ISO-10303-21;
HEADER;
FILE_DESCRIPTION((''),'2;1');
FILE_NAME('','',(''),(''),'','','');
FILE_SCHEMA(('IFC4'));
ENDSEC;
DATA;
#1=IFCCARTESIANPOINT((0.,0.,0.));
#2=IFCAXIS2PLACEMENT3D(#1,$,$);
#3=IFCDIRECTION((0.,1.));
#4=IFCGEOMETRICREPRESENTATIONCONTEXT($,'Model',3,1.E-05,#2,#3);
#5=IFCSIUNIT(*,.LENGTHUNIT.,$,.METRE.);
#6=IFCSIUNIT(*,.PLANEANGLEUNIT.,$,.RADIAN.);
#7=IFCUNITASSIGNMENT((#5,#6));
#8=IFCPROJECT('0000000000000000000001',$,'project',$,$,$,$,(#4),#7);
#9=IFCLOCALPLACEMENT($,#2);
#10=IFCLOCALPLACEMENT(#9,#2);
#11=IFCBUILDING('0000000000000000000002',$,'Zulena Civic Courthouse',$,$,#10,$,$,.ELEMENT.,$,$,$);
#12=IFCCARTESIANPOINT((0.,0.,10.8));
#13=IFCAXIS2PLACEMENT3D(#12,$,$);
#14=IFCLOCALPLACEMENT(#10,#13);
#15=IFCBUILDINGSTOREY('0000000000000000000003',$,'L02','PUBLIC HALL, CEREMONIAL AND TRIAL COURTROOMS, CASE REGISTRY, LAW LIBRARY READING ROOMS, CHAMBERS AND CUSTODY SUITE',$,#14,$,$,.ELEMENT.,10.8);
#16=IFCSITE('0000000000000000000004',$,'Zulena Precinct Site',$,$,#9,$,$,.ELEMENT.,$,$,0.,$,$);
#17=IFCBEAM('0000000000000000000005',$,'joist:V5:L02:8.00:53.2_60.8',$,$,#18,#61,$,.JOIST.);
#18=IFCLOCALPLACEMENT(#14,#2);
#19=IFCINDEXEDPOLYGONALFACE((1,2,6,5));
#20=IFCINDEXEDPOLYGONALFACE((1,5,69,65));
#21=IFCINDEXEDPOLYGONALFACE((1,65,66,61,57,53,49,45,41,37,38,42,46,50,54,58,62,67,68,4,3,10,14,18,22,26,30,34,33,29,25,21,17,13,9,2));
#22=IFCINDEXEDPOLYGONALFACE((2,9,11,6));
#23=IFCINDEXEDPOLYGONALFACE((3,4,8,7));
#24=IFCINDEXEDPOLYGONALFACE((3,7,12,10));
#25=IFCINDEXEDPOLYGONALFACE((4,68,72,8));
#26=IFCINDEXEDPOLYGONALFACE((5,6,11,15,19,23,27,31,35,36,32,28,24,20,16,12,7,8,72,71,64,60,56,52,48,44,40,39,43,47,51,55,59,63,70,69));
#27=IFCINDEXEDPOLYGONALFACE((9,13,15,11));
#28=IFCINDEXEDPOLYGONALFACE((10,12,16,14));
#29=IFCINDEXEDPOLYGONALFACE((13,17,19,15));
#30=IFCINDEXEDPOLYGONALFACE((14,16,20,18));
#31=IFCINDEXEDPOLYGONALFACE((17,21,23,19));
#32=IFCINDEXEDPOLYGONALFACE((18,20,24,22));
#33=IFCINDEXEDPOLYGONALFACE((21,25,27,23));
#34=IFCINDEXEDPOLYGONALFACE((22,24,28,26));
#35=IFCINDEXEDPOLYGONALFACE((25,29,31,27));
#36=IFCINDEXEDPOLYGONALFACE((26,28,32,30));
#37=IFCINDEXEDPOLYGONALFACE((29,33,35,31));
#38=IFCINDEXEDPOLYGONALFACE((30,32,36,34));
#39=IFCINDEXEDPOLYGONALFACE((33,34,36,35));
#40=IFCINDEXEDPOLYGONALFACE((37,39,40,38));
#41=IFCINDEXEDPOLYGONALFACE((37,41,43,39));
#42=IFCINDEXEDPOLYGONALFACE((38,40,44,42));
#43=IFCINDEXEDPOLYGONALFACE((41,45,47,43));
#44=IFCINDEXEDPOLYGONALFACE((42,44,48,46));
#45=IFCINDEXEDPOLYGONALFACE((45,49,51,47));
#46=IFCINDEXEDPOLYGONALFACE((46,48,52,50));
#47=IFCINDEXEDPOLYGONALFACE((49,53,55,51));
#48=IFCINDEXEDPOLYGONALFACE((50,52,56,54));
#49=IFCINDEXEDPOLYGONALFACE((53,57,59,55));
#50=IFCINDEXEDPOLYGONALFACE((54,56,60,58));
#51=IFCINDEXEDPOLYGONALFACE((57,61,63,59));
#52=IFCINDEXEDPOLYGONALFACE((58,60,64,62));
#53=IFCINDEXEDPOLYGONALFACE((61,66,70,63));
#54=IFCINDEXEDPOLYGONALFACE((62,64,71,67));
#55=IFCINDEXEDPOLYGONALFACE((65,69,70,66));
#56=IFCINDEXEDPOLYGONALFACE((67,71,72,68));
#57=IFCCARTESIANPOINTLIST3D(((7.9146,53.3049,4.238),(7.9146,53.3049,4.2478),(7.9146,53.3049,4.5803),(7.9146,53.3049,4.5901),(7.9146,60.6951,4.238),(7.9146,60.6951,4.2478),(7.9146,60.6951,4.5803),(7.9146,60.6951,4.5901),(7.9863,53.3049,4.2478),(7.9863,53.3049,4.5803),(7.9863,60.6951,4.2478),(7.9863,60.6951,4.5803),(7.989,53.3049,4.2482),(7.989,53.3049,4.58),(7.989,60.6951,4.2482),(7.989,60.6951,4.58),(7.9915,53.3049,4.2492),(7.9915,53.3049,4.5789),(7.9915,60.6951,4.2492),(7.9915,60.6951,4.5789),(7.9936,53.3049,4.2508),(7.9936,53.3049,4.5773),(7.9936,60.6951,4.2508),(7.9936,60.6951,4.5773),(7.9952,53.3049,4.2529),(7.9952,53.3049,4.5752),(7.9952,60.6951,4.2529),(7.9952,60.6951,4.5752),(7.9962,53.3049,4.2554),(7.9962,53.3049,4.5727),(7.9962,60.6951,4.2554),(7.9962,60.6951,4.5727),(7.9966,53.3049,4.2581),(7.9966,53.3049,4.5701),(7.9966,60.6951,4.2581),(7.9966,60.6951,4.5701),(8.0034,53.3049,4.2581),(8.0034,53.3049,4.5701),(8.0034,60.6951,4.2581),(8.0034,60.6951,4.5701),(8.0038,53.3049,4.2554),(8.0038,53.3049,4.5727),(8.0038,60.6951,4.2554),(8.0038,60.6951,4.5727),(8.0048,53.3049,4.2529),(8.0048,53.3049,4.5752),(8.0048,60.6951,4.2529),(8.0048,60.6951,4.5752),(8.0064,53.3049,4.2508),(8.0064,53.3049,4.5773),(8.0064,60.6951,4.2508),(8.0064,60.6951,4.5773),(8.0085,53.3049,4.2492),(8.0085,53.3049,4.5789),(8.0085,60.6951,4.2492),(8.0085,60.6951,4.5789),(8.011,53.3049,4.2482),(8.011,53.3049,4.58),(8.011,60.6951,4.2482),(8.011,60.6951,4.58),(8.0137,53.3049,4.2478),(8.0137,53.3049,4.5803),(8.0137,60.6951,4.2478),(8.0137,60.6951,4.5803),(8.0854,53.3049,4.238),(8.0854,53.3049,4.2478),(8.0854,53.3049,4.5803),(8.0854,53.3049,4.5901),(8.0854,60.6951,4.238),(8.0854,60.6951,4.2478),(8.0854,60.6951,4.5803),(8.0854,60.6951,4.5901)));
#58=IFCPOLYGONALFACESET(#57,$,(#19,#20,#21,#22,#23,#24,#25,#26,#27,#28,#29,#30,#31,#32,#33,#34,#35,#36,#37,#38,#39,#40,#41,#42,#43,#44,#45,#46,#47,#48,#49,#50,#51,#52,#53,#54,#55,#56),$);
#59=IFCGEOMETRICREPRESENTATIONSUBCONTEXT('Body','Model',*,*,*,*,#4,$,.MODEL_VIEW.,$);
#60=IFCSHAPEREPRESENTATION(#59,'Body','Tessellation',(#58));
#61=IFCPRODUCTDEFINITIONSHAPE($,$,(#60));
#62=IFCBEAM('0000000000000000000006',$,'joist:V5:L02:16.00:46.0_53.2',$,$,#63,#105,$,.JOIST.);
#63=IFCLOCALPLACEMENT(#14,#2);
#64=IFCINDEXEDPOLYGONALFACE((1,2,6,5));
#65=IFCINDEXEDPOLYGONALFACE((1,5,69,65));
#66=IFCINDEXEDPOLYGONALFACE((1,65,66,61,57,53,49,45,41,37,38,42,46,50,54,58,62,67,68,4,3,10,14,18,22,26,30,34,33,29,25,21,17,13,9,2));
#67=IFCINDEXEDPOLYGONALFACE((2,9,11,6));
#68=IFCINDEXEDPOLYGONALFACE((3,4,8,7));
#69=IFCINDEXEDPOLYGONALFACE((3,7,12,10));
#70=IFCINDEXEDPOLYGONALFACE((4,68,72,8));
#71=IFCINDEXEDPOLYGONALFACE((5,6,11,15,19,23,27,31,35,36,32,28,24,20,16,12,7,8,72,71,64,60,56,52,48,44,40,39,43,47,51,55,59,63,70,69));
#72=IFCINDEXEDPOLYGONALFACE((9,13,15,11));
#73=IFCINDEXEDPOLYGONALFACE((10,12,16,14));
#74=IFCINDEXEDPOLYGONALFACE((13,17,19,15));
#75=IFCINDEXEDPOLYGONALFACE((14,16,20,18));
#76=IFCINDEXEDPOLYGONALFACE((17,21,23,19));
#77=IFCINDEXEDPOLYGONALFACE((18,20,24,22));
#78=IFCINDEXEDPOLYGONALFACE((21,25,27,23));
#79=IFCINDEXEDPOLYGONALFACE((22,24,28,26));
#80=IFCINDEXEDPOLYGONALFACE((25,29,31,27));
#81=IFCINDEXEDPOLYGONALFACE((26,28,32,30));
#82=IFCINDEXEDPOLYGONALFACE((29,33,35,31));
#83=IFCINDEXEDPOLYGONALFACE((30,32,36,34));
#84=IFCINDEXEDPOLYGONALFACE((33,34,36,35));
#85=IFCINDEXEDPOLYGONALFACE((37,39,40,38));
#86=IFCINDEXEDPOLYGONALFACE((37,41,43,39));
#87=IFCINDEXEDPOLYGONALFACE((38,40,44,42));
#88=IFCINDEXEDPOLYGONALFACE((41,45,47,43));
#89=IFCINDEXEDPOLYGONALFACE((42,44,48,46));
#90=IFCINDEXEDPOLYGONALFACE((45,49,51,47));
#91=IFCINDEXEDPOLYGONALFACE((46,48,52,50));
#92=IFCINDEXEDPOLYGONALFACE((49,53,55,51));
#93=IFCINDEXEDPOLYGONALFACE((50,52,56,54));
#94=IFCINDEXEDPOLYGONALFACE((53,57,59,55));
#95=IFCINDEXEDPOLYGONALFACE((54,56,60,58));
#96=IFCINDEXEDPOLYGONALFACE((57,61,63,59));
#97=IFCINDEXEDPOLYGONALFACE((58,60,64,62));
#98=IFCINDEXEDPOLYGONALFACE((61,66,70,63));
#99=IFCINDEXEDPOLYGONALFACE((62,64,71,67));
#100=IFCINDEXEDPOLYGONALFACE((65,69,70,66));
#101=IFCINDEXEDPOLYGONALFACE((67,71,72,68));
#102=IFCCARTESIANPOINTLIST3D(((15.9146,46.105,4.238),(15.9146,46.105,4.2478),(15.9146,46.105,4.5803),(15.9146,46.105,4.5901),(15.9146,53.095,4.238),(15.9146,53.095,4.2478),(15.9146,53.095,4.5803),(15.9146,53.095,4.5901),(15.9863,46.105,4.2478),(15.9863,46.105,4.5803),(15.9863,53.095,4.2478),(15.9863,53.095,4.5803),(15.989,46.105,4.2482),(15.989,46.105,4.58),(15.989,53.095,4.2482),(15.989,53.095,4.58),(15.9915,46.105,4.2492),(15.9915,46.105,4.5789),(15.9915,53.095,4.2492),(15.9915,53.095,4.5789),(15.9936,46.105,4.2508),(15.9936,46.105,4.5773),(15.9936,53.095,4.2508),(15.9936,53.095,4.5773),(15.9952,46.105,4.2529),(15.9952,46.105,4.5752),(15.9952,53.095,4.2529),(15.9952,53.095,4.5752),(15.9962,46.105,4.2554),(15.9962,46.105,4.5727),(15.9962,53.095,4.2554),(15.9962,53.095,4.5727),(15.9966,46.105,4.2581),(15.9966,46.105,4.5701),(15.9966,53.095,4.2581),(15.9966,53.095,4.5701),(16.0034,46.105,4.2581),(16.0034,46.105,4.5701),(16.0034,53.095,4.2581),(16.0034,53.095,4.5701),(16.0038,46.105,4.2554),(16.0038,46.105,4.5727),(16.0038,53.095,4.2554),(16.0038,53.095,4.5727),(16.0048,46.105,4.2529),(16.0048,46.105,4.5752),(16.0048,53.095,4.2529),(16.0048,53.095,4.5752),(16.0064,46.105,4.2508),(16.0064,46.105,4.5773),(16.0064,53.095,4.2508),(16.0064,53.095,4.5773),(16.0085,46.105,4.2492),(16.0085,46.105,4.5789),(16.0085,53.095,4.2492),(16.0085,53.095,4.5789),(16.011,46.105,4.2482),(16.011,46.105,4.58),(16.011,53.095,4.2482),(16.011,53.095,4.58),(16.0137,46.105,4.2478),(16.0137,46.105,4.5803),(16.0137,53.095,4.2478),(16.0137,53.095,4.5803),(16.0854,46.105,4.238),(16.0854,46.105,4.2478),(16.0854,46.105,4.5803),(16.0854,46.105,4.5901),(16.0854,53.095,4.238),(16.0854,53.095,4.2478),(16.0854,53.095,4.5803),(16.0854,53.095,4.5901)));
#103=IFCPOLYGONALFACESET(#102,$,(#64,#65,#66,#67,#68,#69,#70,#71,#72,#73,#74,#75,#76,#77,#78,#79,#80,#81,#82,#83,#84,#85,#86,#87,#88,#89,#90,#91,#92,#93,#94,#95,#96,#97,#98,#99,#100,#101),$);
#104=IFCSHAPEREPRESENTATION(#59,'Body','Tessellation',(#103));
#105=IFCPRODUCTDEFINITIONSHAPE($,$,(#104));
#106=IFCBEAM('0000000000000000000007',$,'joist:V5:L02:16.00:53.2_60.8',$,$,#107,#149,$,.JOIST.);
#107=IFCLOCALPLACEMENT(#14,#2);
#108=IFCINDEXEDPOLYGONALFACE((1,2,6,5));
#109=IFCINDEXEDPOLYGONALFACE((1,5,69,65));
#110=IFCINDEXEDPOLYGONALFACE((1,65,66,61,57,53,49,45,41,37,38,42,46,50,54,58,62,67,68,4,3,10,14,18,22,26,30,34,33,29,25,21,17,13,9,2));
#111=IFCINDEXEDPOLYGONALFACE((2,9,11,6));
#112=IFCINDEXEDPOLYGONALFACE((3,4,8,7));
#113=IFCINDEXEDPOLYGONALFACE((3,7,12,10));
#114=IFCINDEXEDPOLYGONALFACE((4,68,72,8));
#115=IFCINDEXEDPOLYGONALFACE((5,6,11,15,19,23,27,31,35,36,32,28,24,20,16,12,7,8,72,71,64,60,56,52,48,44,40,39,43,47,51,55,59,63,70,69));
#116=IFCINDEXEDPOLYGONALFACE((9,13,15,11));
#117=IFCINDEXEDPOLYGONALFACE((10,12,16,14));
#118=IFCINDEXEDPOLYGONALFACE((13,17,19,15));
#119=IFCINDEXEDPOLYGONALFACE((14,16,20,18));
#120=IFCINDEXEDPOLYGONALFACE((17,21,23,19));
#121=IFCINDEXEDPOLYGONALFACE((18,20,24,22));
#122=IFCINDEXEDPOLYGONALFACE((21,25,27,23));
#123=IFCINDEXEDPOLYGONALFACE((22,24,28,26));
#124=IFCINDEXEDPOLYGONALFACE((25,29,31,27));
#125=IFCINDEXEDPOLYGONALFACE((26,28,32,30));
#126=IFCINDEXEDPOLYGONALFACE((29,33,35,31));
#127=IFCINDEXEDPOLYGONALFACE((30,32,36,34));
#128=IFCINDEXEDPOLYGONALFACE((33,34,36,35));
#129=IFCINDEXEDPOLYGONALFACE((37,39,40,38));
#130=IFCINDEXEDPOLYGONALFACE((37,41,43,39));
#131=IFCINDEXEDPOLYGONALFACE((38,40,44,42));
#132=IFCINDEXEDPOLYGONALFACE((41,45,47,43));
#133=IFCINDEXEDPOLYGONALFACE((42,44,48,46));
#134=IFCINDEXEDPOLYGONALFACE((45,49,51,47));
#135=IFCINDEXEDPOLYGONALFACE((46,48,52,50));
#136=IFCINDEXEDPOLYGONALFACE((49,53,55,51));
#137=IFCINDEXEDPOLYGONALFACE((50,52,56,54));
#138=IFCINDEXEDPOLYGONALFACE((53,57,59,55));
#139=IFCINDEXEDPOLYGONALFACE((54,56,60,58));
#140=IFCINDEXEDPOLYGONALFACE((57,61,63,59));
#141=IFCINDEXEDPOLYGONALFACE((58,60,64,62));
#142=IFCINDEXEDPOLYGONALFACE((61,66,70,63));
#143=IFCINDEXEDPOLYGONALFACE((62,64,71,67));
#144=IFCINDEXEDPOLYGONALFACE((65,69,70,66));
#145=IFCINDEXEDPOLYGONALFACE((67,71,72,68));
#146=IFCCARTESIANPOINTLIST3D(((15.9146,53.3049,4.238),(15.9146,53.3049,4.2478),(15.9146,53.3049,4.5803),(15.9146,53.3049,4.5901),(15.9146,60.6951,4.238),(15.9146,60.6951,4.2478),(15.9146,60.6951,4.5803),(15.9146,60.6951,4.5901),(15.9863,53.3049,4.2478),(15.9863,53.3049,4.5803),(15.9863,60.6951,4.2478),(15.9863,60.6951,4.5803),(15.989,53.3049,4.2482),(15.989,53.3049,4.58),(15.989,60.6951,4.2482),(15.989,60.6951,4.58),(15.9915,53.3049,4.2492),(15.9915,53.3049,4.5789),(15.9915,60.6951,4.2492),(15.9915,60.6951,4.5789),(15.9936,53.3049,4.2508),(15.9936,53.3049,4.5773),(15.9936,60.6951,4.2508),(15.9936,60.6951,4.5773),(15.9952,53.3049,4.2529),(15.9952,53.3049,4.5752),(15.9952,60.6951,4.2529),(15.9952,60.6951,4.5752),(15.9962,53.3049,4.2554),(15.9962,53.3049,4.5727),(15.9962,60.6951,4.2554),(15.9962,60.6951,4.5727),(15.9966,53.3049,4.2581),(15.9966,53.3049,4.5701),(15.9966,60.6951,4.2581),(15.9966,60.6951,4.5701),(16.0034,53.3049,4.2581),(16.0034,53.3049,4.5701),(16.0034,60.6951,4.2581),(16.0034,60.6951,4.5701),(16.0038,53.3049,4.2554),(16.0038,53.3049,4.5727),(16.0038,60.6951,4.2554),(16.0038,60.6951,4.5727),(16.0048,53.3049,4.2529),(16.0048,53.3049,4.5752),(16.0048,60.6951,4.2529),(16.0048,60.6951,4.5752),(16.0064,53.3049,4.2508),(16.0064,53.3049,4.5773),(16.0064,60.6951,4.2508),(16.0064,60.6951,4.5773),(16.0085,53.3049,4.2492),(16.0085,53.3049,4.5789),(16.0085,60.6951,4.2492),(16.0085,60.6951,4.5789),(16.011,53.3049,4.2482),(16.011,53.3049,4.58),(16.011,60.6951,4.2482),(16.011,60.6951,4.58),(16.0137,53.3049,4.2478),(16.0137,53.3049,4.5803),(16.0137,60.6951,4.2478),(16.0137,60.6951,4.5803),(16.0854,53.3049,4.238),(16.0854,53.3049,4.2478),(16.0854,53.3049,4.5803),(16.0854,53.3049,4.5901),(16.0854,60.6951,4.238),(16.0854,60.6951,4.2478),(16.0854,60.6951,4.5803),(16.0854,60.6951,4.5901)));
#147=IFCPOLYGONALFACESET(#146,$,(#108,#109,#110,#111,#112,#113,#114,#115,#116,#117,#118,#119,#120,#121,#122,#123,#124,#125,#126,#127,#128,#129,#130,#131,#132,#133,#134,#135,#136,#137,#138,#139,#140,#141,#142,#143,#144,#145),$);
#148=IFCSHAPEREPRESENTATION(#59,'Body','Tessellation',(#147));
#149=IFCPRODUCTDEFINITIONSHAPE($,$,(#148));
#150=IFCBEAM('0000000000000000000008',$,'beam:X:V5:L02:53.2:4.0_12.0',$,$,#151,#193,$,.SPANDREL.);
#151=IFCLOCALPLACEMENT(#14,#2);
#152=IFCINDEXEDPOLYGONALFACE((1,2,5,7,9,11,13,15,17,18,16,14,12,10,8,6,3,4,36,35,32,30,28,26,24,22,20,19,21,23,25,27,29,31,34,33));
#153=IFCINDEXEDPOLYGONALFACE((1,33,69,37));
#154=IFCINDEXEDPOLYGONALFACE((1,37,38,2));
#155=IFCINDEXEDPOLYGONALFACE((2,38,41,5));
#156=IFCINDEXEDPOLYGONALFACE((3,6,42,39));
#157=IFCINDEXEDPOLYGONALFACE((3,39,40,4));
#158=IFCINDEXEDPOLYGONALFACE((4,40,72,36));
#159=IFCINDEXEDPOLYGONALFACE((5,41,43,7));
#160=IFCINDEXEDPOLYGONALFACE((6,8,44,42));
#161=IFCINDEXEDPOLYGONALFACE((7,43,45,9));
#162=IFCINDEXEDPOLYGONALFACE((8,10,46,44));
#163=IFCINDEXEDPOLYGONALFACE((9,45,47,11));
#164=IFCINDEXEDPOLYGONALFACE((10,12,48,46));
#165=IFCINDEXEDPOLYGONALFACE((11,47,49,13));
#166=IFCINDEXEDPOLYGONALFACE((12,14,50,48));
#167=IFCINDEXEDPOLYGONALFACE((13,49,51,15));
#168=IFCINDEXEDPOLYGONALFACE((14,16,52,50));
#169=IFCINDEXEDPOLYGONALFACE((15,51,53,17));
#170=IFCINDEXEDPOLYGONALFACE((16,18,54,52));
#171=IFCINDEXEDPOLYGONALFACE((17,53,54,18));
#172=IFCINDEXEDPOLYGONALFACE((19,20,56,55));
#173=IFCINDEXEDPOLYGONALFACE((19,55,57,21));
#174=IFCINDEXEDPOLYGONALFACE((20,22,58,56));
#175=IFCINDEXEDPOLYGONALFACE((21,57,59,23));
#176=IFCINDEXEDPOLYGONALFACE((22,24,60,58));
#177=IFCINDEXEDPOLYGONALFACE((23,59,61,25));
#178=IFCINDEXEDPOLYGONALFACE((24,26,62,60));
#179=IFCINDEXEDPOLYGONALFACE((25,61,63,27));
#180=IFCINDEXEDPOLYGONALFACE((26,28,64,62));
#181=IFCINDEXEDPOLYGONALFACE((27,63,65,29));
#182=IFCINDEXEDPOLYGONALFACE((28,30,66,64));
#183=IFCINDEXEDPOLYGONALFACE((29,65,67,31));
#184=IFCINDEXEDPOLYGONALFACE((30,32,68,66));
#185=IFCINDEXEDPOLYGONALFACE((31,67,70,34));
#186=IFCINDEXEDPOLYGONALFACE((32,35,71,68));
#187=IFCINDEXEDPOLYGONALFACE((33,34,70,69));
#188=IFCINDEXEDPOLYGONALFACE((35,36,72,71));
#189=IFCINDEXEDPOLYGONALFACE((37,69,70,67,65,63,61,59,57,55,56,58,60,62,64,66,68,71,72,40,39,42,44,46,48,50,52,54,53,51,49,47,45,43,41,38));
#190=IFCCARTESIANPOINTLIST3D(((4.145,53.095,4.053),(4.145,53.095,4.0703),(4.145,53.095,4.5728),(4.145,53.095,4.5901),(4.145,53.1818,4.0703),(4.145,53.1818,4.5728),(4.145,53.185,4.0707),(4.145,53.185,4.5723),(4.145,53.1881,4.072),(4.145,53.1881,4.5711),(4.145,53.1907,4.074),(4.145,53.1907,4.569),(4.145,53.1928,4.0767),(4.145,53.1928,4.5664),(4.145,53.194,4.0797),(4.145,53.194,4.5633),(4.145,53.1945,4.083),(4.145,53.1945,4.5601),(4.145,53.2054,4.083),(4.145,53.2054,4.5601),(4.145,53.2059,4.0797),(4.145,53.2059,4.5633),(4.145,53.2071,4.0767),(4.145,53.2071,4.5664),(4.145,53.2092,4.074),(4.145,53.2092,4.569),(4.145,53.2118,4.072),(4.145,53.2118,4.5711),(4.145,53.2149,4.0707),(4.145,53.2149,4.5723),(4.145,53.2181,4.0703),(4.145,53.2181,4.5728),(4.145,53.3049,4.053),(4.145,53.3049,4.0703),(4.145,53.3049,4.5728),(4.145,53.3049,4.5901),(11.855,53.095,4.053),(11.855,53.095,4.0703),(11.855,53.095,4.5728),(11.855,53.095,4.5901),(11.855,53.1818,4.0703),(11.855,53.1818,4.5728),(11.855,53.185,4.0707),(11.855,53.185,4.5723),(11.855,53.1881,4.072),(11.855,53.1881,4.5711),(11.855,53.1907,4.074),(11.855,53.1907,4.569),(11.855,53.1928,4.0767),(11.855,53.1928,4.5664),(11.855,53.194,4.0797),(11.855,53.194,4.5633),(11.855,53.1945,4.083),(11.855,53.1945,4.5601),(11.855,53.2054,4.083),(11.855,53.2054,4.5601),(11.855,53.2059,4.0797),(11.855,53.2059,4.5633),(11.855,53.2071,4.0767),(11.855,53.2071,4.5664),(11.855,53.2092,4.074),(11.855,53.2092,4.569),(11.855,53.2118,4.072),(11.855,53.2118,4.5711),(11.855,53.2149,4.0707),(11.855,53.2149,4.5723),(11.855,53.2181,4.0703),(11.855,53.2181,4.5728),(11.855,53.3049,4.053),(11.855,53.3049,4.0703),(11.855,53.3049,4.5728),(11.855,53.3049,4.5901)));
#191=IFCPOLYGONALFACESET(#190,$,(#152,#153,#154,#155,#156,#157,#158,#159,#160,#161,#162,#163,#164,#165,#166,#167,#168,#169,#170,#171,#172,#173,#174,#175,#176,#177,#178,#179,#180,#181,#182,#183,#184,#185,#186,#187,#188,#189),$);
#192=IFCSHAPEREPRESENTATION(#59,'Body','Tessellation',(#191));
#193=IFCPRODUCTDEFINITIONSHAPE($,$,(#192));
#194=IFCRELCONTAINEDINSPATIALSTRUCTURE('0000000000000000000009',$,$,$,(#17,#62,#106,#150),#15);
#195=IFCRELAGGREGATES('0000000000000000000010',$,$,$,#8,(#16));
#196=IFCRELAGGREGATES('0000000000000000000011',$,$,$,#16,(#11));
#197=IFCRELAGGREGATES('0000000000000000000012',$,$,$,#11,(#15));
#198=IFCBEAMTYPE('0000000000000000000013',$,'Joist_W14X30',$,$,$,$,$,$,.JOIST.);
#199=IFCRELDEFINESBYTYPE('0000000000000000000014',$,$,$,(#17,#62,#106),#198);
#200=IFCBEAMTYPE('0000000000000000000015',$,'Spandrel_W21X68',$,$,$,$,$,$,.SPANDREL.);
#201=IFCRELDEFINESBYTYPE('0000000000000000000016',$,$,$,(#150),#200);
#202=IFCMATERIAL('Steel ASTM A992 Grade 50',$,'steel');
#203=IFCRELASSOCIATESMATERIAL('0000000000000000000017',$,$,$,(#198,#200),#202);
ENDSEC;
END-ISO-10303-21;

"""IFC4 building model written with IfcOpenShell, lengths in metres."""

from ifc_helpers import new_model, si_unit, direction, frame, origin, origin_2d, place, context, subcontext, project, spatial, i_section, extrude, material, material_profile, profile_set, type_object, element, save


model = new_model("IFC4")

# Units and contexts
model_context = context("Model", 3, precision=1e-05, world=origin(), true_north=direction((0.0, 1.0)))
body_context = subcontext(model_context, "Body", "Model", "MODEL_VIEW")
ifc_project = project(units=[si_unit("LENGTHUNIT", "METRE"), si_unit("PLANEANGLEUNIT", "RADIAN")], contexts=[model_context])

# Site, building, storey
site_placement = place(None, origin())
site = spatial("IfcSite", under=ifc_project, at=site_placement, Name="Zulena Precinct Site", CompositionType="ELEMENT", RefElevation=0.0)
building_placement = place(site_placement, origin())
building = spatial("IfcBuilding", under=site, at=building_placement, Name="Zulena Civic Courthouse", CompositionType="ELEMENT")
storey_placement = place(building_placement, frame((0.0, 0.0, 10.8)))
storey = spatial("IfcBuildingStorey", under=building, at=storey_placement, Name="L02", Description="PUBLIC HALL, CEREMONIAL AND TRIAL COURTROOMS, CASE REGISTRY, LAW LIBRARY READING ROOMS, CHAMBERS AND CUSTODY SUITE", CompositionType="ELEMENT", Elevation=10.8)

# Shared definitions
ifc_material_1 = material(Name="Steel ASTM A992 Grade 50", Category="steel")

# Beams
ifc_material_profile_1 = material_profile(ifc_material_1, i_section(OverallWidth=0.1709, OverallDepth=0.3521, WebThickness=0.0068, FlangeThickness=0.0098, FilletRadius=0.0103, at=origin_2d()), Name="W14X30")
ifc_profile_set_1 = profile_set([ifc_material_profile_1], Name="Steel ASTM A992 Grade 50")
beam_type_1 = type_object("IfcBeamType", Name="Joist_W14X30", PredefinedType="JOIST", material=ifc_profile_set_1)
beam_1_placement = place(storey_placement, frame((8.0, 53.3049, 4.4141), z_axis=(0.0, 1.0, 0.0), x_axis=(-1.0, 0.0, 0.0)))
element("IfcBeam", 1, at=beam_1_placement, inside=storey, type_object=beam_type_1, Name="joist:V5:L02:8.00:53.2_60.8", PredefinedType="JOIST", context=body_context, shape_type="SweptSolid", body=[
    extrude(i_section(OverallWidth=0.1709, OverallDepth=0.3521, WebThickness=0.0068, FlangeThickness=0.0098, FilletRadius=0.0103, at=origin_2d()), origin(), (0.0, 0.0, 1.0), 7.3901),
])
beam_2_placement = place(storey_placement, frame((16.0, 46.105, 4.4141), z_axis=(0.0, 1.0, 0.0), x_axis=(-1.0, 0.0, 0.0)))
element("IfcBeam", 2, at=beam_2_placement, inside=storey, type_object=beam_type_1, Name="joist:V5:L02:16.00:46.0_53.2", PredefinedType="JOIST", context=body_context, shape_type="SweptSolid", body=[
    extrude(i_section(OverallWidth=0.1709, OverallDepth=0.3521, WebThickness=0.0068, FlangeThickness=0.0098, FilletRadius=0.0103, at=origin_2d()), origin(), (0.0, 0.0, 1.0), 6.99),
])
beam_3_placement = place(storey_placement, frame((16.0, 53.3049, 4.4141), z_axis=(0.0, 1.0, 0.0), x_axis=(-1.0, 0.0, 0.0)))
element("IfcBeam", 3, at=beam_3_placement, inside=storey, type_object=beam_type_1, Name="joist:V5:L02:16.00:53.2_60.8", PredefinedType="JOIST", context=body_context, shape_type="SweptSolid", body=[
    extrude(i_section(OverallWidth=0.1709, OverallDepth=0.3521, WebThickness=0.0068, FlangeThickness=0.0098, FilletRadius=0.0103, at=origin_2d()), origin(), (0.0, 0.0, 1.0), 7.3901),
])
ifc_material_profile_2 = material_profile(ifc_material_1, i_section(OverallWidth=0.21, OverallDepth=0.5371, WebThickness=0.011, FlangeThickness=0.0173, FilletRadius=0.0127, at=origin_2d()), Name="W21X68")
ifc_profile_set_2 = profile_set([ifc_material_profile_2], Name="Steel ASTM A992 Grade 50")
beam_type_2 = type_object("IfcBeamType", Name="Spandrel_W21X68", PredefinedType="SPANDREL", material=ifc_profile_set_2)
for number, where, z_axis, x_axis, name in (
    (4, (4.145, 53.2, 4.3215), (1.0, 0.0, 0.0), (0.0, 1.0, 0.0), "beam:X:V5:L02:53.2:4.0_12.0"),
):
    element("IfcBeam", number, at=place(storey_placement, frame(where, z_axis=z_axis, x_axis=x_axis)), inside=storey, type_object=beam_type_2, Name=name, PredefinedType="SPANDREL", context=body_context, shape_type="SweptSolid", body=[
        extrude(i_section(OverallWidth=0.21, OverallDepth=0.5371, WebThickness=0.011, FlangeThickness=0.0173, FilletRadius=0.0127, at=origin_2d()), origin(), (0.0, 0.0, 1.0), 7.71),
    ])

save(model, "model.ifc")
